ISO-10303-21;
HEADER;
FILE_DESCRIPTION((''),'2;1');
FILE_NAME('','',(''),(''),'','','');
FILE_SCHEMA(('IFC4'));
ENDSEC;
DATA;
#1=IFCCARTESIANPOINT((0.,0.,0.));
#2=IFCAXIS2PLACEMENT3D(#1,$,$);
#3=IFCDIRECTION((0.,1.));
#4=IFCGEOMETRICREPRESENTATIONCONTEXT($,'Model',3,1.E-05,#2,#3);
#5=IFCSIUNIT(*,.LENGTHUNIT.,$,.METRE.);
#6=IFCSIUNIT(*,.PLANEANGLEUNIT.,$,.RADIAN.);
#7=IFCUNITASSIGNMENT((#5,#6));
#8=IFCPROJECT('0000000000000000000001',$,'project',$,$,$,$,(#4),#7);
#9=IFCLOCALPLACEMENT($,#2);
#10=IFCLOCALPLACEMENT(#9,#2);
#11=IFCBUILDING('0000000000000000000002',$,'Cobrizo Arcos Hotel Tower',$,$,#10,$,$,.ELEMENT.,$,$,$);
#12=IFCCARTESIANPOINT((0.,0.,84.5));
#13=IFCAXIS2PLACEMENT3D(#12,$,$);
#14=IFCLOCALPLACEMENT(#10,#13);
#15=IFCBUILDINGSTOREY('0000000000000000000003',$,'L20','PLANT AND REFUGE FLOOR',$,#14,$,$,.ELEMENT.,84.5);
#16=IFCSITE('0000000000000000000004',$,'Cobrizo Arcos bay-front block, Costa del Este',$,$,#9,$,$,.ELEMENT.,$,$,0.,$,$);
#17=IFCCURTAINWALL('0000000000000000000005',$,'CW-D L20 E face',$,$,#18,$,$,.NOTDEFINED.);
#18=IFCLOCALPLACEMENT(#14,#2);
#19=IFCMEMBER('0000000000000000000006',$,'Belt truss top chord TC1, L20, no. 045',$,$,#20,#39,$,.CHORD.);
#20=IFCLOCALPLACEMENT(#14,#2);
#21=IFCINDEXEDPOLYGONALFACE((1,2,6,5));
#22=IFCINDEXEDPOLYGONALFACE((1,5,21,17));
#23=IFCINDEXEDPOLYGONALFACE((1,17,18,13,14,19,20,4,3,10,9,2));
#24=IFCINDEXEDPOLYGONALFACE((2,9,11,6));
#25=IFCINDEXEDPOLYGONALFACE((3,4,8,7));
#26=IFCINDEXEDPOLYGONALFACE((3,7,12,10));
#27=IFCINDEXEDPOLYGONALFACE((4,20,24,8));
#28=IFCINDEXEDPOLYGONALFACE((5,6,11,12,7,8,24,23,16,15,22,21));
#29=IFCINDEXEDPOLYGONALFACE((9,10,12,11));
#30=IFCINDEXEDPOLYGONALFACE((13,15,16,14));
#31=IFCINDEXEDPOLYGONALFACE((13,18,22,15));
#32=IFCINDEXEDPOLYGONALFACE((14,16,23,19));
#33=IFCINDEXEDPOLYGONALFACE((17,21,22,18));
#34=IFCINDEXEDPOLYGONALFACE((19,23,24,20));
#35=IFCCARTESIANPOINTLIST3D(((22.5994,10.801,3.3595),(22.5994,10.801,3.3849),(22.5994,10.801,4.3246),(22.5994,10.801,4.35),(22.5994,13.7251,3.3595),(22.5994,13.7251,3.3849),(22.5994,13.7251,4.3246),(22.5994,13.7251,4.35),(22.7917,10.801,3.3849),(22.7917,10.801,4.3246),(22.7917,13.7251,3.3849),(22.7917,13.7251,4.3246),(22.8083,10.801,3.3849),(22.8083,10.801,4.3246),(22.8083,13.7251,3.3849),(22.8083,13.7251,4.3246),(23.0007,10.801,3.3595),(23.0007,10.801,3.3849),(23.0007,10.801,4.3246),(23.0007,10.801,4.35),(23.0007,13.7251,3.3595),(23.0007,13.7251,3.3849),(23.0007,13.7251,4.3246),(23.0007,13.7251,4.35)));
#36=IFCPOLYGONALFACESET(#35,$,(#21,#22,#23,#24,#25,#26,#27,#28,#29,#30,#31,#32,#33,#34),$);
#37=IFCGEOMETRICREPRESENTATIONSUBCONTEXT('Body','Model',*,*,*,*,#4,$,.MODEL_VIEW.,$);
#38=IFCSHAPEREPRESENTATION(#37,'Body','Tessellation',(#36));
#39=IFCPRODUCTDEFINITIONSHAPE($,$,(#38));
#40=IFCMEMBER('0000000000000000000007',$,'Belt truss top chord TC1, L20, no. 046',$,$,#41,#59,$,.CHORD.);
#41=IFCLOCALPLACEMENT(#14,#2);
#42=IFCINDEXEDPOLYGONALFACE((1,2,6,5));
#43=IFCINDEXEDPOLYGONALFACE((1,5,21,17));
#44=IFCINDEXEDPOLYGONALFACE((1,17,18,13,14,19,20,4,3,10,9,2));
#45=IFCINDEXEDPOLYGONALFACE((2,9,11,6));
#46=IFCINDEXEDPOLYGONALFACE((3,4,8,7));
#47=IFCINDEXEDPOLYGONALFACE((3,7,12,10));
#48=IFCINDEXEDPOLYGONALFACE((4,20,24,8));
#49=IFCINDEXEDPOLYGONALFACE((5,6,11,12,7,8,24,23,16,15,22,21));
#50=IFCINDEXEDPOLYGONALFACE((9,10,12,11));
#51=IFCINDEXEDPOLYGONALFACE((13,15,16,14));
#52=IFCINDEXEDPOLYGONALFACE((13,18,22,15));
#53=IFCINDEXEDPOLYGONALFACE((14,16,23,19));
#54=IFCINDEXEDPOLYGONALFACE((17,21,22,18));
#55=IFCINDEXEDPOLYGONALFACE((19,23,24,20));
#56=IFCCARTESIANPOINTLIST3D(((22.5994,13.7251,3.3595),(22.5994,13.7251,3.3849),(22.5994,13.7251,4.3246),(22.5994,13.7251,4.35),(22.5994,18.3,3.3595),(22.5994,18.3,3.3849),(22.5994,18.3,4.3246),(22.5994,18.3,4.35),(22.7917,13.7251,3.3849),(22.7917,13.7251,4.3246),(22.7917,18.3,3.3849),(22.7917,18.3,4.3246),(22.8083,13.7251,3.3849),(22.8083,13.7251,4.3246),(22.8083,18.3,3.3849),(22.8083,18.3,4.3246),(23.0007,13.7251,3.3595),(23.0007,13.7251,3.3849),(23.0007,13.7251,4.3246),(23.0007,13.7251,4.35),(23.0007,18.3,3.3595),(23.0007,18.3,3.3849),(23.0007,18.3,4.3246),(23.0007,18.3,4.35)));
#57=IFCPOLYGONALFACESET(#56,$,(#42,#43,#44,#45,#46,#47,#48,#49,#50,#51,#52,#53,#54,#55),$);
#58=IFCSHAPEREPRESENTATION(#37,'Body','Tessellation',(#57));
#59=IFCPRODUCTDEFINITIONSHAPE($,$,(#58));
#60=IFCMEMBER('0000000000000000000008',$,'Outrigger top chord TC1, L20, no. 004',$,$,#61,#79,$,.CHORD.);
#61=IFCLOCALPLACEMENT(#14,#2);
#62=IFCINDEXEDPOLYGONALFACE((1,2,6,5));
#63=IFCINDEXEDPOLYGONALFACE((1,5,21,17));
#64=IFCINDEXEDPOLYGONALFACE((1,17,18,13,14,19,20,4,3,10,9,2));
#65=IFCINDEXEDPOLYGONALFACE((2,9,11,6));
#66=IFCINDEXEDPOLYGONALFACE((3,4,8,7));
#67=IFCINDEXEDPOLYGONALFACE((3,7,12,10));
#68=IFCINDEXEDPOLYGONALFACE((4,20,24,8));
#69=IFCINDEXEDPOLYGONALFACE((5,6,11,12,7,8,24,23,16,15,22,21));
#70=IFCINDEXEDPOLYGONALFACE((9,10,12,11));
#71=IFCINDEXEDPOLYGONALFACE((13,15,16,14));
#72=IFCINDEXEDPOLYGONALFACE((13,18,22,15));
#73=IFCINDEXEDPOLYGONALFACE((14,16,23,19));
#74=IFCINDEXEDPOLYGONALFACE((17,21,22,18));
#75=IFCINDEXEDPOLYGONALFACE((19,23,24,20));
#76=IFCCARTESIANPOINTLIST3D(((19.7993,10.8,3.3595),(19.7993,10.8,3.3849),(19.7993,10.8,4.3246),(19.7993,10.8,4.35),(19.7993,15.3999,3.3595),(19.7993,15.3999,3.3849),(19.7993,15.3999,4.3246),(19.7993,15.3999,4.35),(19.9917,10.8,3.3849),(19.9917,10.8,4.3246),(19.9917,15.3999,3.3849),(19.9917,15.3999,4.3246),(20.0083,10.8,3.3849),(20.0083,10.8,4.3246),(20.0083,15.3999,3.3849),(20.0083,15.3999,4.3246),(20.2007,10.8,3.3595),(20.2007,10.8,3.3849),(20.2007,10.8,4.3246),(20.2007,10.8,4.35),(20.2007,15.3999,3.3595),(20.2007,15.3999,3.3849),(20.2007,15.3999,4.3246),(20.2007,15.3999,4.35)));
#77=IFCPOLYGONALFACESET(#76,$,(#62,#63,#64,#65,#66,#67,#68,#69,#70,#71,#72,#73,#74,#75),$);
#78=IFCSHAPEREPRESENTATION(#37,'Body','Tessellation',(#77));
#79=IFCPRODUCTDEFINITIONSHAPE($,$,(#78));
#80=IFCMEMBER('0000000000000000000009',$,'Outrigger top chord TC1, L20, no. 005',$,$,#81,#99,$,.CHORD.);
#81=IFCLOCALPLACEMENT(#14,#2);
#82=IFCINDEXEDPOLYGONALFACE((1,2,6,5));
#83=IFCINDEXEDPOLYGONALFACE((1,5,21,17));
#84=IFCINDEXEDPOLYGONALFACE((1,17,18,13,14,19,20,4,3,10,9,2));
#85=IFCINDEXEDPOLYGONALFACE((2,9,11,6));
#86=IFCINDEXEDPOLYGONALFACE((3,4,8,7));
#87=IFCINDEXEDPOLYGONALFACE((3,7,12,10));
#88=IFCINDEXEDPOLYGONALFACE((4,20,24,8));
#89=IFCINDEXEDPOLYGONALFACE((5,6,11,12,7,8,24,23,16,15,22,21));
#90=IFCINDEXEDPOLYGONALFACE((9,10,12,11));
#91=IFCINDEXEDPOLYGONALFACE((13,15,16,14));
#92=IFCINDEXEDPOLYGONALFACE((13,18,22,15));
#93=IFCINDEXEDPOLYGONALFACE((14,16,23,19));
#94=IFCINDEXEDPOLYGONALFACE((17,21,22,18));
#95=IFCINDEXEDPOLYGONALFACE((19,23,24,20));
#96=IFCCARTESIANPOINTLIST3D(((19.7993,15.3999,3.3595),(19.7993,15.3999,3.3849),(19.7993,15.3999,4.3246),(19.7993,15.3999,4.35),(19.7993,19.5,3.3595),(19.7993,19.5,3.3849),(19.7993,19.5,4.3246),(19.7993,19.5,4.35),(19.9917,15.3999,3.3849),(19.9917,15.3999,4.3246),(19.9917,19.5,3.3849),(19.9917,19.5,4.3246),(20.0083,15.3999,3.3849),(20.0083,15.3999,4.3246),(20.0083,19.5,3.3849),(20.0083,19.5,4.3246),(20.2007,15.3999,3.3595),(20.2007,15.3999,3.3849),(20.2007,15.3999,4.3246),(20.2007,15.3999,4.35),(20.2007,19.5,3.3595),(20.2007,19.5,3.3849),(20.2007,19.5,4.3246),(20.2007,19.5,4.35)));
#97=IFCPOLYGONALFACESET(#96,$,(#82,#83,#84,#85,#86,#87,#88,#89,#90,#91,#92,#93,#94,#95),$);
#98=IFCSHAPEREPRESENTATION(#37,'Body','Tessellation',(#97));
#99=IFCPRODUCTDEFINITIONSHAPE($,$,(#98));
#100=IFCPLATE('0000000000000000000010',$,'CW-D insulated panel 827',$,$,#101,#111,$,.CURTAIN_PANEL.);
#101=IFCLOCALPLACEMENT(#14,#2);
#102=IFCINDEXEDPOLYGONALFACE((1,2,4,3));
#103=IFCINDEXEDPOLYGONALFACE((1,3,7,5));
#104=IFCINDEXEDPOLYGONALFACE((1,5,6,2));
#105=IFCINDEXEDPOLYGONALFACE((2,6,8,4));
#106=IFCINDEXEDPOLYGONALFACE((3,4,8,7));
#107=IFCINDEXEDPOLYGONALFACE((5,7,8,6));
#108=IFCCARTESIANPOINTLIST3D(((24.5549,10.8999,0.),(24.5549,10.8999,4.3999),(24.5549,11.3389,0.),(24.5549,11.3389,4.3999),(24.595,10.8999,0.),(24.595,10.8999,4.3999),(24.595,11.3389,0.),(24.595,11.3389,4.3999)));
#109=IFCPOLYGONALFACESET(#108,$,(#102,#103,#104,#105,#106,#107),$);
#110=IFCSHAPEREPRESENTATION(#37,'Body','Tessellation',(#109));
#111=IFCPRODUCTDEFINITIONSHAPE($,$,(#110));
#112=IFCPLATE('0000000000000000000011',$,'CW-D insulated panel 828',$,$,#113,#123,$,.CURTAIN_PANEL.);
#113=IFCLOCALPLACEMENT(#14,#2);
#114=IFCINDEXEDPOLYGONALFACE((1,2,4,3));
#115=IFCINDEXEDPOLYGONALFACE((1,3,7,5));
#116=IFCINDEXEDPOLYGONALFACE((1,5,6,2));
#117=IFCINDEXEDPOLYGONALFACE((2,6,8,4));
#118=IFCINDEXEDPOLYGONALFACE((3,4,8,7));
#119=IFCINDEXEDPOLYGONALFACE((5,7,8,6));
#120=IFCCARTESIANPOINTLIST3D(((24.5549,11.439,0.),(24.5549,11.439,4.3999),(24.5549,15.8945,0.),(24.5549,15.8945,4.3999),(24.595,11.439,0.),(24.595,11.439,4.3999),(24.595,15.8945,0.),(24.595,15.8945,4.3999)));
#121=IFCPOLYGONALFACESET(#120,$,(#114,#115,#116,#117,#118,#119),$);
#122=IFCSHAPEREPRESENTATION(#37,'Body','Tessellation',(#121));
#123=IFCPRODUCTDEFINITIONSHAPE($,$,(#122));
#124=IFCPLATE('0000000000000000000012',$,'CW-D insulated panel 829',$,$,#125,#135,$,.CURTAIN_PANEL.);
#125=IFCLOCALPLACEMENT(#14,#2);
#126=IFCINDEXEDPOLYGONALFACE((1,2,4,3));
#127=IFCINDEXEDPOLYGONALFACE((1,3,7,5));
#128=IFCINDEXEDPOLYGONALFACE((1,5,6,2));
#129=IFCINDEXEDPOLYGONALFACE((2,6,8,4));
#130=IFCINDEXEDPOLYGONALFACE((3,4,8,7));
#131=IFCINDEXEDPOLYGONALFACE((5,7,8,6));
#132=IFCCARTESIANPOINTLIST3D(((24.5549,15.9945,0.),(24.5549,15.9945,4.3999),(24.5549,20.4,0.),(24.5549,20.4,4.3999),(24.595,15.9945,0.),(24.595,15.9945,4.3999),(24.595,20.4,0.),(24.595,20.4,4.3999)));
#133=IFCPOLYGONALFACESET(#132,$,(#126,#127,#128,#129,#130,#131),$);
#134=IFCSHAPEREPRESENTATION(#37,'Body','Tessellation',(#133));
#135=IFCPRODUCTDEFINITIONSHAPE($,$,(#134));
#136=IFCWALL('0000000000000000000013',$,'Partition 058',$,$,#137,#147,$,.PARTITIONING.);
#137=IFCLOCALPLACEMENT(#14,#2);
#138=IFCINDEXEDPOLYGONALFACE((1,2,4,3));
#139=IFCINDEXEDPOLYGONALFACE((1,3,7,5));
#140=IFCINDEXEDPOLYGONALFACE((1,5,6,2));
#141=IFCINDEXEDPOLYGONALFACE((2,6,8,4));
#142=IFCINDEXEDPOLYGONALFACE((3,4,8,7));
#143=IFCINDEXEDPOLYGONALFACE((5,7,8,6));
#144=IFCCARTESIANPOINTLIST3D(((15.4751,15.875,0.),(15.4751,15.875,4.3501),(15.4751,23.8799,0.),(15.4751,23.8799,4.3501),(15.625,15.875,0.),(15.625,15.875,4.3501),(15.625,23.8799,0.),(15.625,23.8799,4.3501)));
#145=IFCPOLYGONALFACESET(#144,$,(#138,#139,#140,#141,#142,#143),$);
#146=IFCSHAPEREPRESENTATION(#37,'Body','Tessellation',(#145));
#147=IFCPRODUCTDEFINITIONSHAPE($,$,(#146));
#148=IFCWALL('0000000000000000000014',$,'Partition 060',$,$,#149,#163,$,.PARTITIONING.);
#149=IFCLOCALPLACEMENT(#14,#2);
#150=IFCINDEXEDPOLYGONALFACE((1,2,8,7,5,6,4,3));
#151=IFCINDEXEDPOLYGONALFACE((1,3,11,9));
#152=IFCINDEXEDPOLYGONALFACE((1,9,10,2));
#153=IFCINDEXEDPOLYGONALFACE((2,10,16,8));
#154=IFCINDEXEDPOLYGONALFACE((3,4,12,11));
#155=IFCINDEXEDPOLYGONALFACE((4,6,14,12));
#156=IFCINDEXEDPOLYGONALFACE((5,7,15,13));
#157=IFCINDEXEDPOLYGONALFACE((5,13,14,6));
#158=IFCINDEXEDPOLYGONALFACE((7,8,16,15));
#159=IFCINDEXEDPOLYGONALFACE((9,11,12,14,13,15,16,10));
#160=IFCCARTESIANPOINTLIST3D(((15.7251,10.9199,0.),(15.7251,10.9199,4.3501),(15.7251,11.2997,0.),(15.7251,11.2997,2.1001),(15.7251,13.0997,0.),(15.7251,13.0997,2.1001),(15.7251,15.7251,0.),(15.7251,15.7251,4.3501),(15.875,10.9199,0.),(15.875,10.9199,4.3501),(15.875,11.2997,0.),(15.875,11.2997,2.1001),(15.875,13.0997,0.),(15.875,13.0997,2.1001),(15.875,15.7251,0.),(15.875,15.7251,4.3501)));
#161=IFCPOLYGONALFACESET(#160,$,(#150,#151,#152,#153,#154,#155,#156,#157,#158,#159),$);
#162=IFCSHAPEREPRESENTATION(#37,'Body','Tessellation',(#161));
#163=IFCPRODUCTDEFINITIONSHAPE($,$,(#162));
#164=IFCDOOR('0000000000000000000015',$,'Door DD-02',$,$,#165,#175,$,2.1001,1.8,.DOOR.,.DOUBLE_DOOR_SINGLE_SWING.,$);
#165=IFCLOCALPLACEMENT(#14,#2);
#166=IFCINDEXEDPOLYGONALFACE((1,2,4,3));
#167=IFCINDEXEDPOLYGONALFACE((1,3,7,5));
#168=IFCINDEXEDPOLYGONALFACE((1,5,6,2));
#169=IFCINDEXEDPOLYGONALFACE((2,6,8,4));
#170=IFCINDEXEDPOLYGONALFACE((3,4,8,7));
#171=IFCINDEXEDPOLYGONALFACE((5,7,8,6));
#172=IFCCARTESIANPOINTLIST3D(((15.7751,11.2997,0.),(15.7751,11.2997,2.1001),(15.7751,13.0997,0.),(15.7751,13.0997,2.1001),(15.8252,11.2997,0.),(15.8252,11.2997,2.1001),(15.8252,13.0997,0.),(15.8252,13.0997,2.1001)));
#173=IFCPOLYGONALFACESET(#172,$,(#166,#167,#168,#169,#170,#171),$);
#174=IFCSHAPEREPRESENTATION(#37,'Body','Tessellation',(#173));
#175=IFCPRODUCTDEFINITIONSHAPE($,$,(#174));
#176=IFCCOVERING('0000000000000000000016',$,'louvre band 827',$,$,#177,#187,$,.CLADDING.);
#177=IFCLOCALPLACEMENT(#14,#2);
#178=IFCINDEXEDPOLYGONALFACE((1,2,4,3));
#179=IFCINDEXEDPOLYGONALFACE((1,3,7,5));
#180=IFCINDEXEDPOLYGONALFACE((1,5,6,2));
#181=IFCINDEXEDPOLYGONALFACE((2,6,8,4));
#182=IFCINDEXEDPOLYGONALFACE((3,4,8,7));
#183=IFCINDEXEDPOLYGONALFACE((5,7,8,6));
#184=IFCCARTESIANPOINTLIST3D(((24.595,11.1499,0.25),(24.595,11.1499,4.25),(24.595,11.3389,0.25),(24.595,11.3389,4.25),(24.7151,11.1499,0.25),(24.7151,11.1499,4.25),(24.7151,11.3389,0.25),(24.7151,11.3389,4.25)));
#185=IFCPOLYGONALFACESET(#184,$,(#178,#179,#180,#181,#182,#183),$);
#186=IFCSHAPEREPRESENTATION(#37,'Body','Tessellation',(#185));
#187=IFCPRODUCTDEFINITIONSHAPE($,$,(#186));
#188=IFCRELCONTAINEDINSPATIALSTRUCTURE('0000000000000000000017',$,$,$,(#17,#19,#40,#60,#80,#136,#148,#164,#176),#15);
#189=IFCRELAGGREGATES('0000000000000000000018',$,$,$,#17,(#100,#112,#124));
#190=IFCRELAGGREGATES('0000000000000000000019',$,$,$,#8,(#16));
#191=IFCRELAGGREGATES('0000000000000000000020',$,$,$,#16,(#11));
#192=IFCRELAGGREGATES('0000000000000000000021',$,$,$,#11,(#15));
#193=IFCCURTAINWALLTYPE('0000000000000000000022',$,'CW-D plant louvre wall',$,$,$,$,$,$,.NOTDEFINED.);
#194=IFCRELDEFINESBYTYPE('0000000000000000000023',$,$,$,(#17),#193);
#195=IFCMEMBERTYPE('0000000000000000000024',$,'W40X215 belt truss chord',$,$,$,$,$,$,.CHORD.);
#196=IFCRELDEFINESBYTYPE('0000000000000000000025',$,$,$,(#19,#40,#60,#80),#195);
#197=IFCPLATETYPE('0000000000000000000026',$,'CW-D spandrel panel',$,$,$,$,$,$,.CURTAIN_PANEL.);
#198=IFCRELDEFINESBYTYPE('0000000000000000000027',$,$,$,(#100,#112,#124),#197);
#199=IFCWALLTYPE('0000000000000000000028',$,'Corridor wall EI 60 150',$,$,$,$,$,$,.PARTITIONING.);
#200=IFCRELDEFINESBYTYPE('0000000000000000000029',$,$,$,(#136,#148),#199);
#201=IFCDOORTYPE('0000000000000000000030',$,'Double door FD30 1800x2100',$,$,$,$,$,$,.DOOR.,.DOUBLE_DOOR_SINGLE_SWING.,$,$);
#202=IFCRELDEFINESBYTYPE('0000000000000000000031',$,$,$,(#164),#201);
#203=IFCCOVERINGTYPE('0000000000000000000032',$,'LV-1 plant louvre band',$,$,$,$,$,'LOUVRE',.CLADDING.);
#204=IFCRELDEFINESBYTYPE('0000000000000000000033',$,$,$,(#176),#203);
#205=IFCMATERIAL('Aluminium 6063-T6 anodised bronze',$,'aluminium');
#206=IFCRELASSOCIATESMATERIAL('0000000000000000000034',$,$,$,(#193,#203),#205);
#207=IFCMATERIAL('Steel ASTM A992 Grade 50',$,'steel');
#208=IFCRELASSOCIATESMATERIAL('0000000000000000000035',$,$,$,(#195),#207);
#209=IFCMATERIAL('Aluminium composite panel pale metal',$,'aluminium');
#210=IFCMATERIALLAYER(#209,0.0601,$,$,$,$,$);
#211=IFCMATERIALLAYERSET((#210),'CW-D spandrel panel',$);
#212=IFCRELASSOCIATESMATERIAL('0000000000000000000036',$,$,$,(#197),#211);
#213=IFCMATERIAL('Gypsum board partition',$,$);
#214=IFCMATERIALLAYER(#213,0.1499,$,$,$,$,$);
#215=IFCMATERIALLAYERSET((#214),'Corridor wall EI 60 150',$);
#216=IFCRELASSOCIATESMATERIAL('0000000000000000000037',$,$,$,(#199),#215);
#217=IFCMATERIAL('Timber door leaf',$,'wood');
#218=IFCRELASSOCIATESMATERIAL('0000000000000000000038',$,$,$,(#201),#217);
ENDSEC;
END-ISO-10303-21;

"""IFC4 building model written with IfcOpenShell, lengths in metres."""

from ifc_helpers import new_model, si_unit, direction, frame, frame_2d, origin, origin_2d, place, context, subcontext, project, spatial, rectangle, i_section, extrude, material, layer, layer_set, material_profile, profile_set, type_object, element, fill, aggregate, save


model = new_model("IFC4")

# Units and contexts
model_context = context("Model", 3, precision=1e-05, world=origin(), true_north=direction((0.0, 1.0)))
body_context = subcontext(model_context, "Body", "Model", "MODEL_VIEW")
ifc_project = project(units=[si_unit("LENGTHUNIT", "METRE"), si_unit("PLANEANGLEUNIT", "RADIAN")], contexts=[model_context])

# Site, building, storey
site_placement = place(None, origin())
site = spatial("IfcSite", under=ifc_project, at=site_placement, Name="Cobrizo Arcos bay-front block, Costa del Este", CompositionType="ELEMENT", RefElevation=0.0)
building_placement = place(site_placement, origin())
building = spatial("IfcBuilding", under=site, at=building_placement, Name="Cobrizo Arcos Hotel Tower", CompositionType="ELEMENT")
storey_placement = place(building_placement, frame((0.0, 0.0, 84.5)))
storey = spatial("IfcBuildingStorey", under=building, at=storey_placement, Name="L20", Description="PLANT AND REFUGE FLOOR", CompositionType="ELEMENT", Elevation=84.5)

# Curtain wall
ifc_material_1 = material(Name="Aluminium 6063-T6 anodised bronze", Category="aluminium")
curtain_wall_type = type_object("IfcCurtainWallType", Name="CW-D plant louvre wall", PredefinedType="NOTDEFINED", material=ifc_material_1)
curtain_wall_placement = place(storey_placement, origin())
curtain_wall = element("IfcCurtainWall", 1, at=curtain_wall_placement, inside=storey, type_object=curtain_wall_type, Name="CW-D L20 E face", PredefinedType="NOTDEFINED")

# Members
ifc_material_2 = material(Name="Steel ASTM A992 Grade 50", Category="steel")
ifc_material_profile_1 = material_profile(ifc_material_2, i_section(OverallWidth=0.4014, OverallDepth=0.9905, WebThickness=0.0166, FlangeThickness=0.0254, at=origin_2d()), Name="W40X215")
ifc_profile_set_1 = profile_set([ifc_material_profile_1], Name="Steel ASTM A992 Grade 50")
member_type_1 = type_object("IfcMemberType", Name="W40X215 belt truss chord", PredefinedType="CHORD", material=ifc_profile_set_1)
member_1_placement = place(storey_placement, frame((22.8, 10.801, 3.8547), z_axis=(0.0, 1.0, 0.0), x_axis=(-1.0, 0.0, 0.0)))
element("IfcMember", 2, at=member_1_placement, inside=storey, type_object=member_type_1, Name="Belt truss top chord TC1, L20, no. 045", PredefinedType="CHORD", context=body_context, shape_type="SweptSolid", body=[
    extrude(i_section(OverallWidth=0.4014, OverallDepth=0.9905, WebThickness=0.0166, FlangeThickness=0.0254, at=origin_2d()), origin(), (0.0, 0.0, 1.0), 2.9241),
])
member_2_placement = place(storey_placement, frame((22.8, 13.7251, 3.8547), z_axis=(0.0, 1.0, 0.0), x_axis=(-1.0, 0.0, 0.0)))
element("IfcMember", 3, at=member_2_placement, inside=storey, type_object=member_type_1, Name="Belt truss top chord TC1, L20, no. 046", PredefinedType="CHORD", context=body_context, shape_type="SweptSolid", body=[
    extrude(i_section(OverallWidth=0.4014, OverallDepth=0.9905, WebThickness=0.0166, FlangeThickness=0.0254, at=origin_2d()), origin(), (0.0, 0.0, 1.0), 4.575),
])
member_3_placement = place(storey_placement, frame((20.0, 10.8, 3.8547), z_axis=(0.0, 1.0, 0.0), x_axis=(-1.0, 0.0, 0.0)))
element("IfcMember", 4, at=member_3_placement, inside=storey, type_object=member_type_1, Name="Outrigger top chord TC1, L20, no. 004", PredefinedType="CHORD", context=body_context, shape_type="SweptSolid", body=[
    extrude(i_section(OverallWidth=0.4014, OverallDepth=0.9905, WebThickness=0.0166, FlangeThickness=0.0254, at=origin_2d()), origin(), (0.0, 0.0, 1.0), 4.5999),
])
member_4_placement = place(storey_placement, frame((20.0, 15.3999, 3.8547), z_axis=(0.0, 1.0, 0.0), x_axis=(-1.0, 0.0, 0.0)))
element("IfcMember", 5, at=member_4_placement, inside=storey, type_object=member_type_1, Name="Outrigger top chord TC1, L20, no. 005", PredefinedType="CHORD", context=body_context, shape_type="SweptSolid", body=[
    extrude(i_section(OverallWidth=0.4014, OverallDepth=0.9905, WebThickness=0.0166, FlangeThickness=0.0254, at=origin_2d()), origin(), (0.0, 0.0, 1.0), 4.1001),
])

# Plates
ifc_material_3 = material(Name="Aluminium composite panel pale metal", Category="aluminium")
ifc_layer_1 = layer(ifc_material_3, 0.0601)
ifc_layer_set_1 = layer_set([ifc_layer_1], Name="CW-D spandrel panel")
plate_type = type_object("IfcPlateType", Name="CW-D spandrel panel", PredefinedType="CURTAIN_PANEL", material=ifc_layer_set_1)
plate_1_placement = place(storey_placement, frame((24.575, 11.1194, 0.0), z_axis=(0.0, 0.0, 1.0), x_axis=(0.0, 1.0, 0.0)))
plate_1 = element("IfcPlate", 6, at=plate_1_placement, type_object=plate_type, Name="CW-D insulated panel 827", PredefinedType="CURTAIN_PANEL", context=body_context, shape_type="SweptSolid", body=[
    extrude(rectangle(XDim=0.439, YDim=0.04, at=origin_2d()), origin(), (0.0, 0.0, 1.0), 4.3999),
])
plate_2_placement = place(storey_placement, frame((24.575, 13.6667, 0.0), z_axis=(0.0, 0.0, 1.0), x_axis=(0.0, 1.0, 0.0)))
plate_2 = element("IfcPlate", 7, at=plate_2_placement, type_object=plate_type, Name="CW-D insulated panel 828", PredefinedType="CURTAIN_PANEL", context=body_context, shape_type="SweptSolid", body=[
    extrude(rectangle(XDim=4.4556, YDim=0.04, at=origin_2d()), origin(), (0.0, 0.0, 1.0), 4.3999),
])
plate_3_placement = place(storey_placement, frame((24.575, 18.1973, 0.0), z_axis=(0.0, 0.0, 1.0), x_axis=(0.0, 1.0, 0.0)))
plate_3 = element("IfcPlate", 8, at=plate_3_placement, type_object=plate_type, Name="CW-D insulated panel 829", PredefinedType="CURTAIN_PANEL", context=body_context, shape_type="SweptSolid", body=[
    extrude(rectangle(XDim=4.4055, YDim=0.04, at=origin_2d()), origin(), (0.0, 0.0, 1.0), 4.3999),
])
aggregate(curtain_wall, [plate_1, plate_2, plate_3])

# Wall
ifc_material_4 = material(Name="Gypsum board partition")
ifc_layer_2 = layer(ifc_material_4, 0.1499)
ifc_layer_set_2 = layer_set([ifc_layer_2], Name="Corridor wall EI 60 150")
wall_type = type_object("IfcWallType", Name="Corridor wall EI 60 150", PredefinedType="PARTITIONING", material=ifc_layer_set_2)
wall_1_placement = place(storey_placement, frame((15.55, 15.875, 0.0), z_axis=(0.0, 0.0, 1.0), x_axis=(0.0, 1.0, 0.0)))
element("IfcWall", 9, at=wall_1_placement, inside=storey, type_object=wall_type, Name="Partition 058", PredefinedType="PARTITIONING", context=body_context, shape_type="SweptSolid", body=[
    extrude(rectangle(XDim=8.0049, YDim=0.1499, at=frame_2d((4.0024, 0.0))), origin(), (0.0, 0.0, 1.0), 4.3501),
])

# Wall, opening, door
wall_2_placement = place(storey_placement, frame((15.8, 10.9199, 0.0), z_axis=(0.0, 0.0, 1.0), x_axis=(0.0, 1.0, 0.0)))
wall_2 = element("IfcWall", 10, at=wall_2_placement, inside=storey, type_object=wall_type, Name="Partition 060", PredefinedType="PARTITIONING", context=body_context, shape_type="SweptSolid", body=[
    extrude(rectangle(XDim=4.8052, YDim=0.1499, at=frame_2d((2.4026, 0.0))), origin(), (0.0, 0.0, 1.0), 4.3501),
])
opening_placement = place(wall_2_placement, frame((0.3799, 0.0, 0.0)))
opening = element("IfcOpeningElement", 11, at=opening_placement, cuts=wall_2, PredefinedType="OPENING", context=body_context, shape_type="SweptSolid", body=[
    extrude(rectangle(XDim=1.8, YDim=2.1001, at=frame_2d((0.8999, 1.05))), frame((0.0, 0.0869, 0.0), z_axis=(0.0, -1.0, 0.0), x_axis=(1.0, 0.0, 0.0)), (0.0, 0.0, 1.0), 0.1738),
])
ifc_material_5 = material(Name="Timber door leaf", Category="wood")
door_type = type_object("IfcDoorType", Name="Double door FD30 1800x2100", OperationType="DOUBLE_DOOR_SINGLE_SWING", PredefinedType="DOOR", material=ifc_material_5)
door_placement = place(opening_placement, origin())
door = element("IfcDoor", 12, at=door_placement, inside=storey, type_object=door_type, Name="Door DD-02", OperationType="DOUBLE_DOOR_SINGLE_SWING", OverallHeight=2.1001, OverallWidth=1.8, PredefinedType="DOOR", context=body_context, shape_type="SweptSolid", body=[
    extrude(rectangle(XDim=1.8, YDim=2.1001, at=frame_2d((0.8999, 1.05))), frame((0.0, 0.0249, 0.0), z_axis=(0.0, -1.0, 0.0), x_axis=(1.0, 0.0, 0.0)), (0.0, 0.0, 1.0), 0.05),
])
fill(opening, door)

# Covering
covering_type = type_object("IfcCoveringType", Name="LV-1 plant louvre band", ElementType="LOUVRE", PredefinedType="CLADDING", material=ifc_material_1)
covering_1_placement = place(storey_placement, frame((24.655, 11.2444, 0.25), z_axis=(0.0, 0.0, 1.0), x_axis=(0.0, 1.0, 0.0)))
element("IfcCovering", 13, at=covering_1_placement, inside=storey, type_object=covering_type, Name="louvre band 827", PredefinedType="CLADDING", context=body_context, shape_type="SweptSolid", body=[
    extrude(rectangle(XDim=0.189, YDim=0.1201, at=origin_2d()), origin(), (0.0, 0.0, 1.0), 4.0),
])

save(model, "model.ifc")
